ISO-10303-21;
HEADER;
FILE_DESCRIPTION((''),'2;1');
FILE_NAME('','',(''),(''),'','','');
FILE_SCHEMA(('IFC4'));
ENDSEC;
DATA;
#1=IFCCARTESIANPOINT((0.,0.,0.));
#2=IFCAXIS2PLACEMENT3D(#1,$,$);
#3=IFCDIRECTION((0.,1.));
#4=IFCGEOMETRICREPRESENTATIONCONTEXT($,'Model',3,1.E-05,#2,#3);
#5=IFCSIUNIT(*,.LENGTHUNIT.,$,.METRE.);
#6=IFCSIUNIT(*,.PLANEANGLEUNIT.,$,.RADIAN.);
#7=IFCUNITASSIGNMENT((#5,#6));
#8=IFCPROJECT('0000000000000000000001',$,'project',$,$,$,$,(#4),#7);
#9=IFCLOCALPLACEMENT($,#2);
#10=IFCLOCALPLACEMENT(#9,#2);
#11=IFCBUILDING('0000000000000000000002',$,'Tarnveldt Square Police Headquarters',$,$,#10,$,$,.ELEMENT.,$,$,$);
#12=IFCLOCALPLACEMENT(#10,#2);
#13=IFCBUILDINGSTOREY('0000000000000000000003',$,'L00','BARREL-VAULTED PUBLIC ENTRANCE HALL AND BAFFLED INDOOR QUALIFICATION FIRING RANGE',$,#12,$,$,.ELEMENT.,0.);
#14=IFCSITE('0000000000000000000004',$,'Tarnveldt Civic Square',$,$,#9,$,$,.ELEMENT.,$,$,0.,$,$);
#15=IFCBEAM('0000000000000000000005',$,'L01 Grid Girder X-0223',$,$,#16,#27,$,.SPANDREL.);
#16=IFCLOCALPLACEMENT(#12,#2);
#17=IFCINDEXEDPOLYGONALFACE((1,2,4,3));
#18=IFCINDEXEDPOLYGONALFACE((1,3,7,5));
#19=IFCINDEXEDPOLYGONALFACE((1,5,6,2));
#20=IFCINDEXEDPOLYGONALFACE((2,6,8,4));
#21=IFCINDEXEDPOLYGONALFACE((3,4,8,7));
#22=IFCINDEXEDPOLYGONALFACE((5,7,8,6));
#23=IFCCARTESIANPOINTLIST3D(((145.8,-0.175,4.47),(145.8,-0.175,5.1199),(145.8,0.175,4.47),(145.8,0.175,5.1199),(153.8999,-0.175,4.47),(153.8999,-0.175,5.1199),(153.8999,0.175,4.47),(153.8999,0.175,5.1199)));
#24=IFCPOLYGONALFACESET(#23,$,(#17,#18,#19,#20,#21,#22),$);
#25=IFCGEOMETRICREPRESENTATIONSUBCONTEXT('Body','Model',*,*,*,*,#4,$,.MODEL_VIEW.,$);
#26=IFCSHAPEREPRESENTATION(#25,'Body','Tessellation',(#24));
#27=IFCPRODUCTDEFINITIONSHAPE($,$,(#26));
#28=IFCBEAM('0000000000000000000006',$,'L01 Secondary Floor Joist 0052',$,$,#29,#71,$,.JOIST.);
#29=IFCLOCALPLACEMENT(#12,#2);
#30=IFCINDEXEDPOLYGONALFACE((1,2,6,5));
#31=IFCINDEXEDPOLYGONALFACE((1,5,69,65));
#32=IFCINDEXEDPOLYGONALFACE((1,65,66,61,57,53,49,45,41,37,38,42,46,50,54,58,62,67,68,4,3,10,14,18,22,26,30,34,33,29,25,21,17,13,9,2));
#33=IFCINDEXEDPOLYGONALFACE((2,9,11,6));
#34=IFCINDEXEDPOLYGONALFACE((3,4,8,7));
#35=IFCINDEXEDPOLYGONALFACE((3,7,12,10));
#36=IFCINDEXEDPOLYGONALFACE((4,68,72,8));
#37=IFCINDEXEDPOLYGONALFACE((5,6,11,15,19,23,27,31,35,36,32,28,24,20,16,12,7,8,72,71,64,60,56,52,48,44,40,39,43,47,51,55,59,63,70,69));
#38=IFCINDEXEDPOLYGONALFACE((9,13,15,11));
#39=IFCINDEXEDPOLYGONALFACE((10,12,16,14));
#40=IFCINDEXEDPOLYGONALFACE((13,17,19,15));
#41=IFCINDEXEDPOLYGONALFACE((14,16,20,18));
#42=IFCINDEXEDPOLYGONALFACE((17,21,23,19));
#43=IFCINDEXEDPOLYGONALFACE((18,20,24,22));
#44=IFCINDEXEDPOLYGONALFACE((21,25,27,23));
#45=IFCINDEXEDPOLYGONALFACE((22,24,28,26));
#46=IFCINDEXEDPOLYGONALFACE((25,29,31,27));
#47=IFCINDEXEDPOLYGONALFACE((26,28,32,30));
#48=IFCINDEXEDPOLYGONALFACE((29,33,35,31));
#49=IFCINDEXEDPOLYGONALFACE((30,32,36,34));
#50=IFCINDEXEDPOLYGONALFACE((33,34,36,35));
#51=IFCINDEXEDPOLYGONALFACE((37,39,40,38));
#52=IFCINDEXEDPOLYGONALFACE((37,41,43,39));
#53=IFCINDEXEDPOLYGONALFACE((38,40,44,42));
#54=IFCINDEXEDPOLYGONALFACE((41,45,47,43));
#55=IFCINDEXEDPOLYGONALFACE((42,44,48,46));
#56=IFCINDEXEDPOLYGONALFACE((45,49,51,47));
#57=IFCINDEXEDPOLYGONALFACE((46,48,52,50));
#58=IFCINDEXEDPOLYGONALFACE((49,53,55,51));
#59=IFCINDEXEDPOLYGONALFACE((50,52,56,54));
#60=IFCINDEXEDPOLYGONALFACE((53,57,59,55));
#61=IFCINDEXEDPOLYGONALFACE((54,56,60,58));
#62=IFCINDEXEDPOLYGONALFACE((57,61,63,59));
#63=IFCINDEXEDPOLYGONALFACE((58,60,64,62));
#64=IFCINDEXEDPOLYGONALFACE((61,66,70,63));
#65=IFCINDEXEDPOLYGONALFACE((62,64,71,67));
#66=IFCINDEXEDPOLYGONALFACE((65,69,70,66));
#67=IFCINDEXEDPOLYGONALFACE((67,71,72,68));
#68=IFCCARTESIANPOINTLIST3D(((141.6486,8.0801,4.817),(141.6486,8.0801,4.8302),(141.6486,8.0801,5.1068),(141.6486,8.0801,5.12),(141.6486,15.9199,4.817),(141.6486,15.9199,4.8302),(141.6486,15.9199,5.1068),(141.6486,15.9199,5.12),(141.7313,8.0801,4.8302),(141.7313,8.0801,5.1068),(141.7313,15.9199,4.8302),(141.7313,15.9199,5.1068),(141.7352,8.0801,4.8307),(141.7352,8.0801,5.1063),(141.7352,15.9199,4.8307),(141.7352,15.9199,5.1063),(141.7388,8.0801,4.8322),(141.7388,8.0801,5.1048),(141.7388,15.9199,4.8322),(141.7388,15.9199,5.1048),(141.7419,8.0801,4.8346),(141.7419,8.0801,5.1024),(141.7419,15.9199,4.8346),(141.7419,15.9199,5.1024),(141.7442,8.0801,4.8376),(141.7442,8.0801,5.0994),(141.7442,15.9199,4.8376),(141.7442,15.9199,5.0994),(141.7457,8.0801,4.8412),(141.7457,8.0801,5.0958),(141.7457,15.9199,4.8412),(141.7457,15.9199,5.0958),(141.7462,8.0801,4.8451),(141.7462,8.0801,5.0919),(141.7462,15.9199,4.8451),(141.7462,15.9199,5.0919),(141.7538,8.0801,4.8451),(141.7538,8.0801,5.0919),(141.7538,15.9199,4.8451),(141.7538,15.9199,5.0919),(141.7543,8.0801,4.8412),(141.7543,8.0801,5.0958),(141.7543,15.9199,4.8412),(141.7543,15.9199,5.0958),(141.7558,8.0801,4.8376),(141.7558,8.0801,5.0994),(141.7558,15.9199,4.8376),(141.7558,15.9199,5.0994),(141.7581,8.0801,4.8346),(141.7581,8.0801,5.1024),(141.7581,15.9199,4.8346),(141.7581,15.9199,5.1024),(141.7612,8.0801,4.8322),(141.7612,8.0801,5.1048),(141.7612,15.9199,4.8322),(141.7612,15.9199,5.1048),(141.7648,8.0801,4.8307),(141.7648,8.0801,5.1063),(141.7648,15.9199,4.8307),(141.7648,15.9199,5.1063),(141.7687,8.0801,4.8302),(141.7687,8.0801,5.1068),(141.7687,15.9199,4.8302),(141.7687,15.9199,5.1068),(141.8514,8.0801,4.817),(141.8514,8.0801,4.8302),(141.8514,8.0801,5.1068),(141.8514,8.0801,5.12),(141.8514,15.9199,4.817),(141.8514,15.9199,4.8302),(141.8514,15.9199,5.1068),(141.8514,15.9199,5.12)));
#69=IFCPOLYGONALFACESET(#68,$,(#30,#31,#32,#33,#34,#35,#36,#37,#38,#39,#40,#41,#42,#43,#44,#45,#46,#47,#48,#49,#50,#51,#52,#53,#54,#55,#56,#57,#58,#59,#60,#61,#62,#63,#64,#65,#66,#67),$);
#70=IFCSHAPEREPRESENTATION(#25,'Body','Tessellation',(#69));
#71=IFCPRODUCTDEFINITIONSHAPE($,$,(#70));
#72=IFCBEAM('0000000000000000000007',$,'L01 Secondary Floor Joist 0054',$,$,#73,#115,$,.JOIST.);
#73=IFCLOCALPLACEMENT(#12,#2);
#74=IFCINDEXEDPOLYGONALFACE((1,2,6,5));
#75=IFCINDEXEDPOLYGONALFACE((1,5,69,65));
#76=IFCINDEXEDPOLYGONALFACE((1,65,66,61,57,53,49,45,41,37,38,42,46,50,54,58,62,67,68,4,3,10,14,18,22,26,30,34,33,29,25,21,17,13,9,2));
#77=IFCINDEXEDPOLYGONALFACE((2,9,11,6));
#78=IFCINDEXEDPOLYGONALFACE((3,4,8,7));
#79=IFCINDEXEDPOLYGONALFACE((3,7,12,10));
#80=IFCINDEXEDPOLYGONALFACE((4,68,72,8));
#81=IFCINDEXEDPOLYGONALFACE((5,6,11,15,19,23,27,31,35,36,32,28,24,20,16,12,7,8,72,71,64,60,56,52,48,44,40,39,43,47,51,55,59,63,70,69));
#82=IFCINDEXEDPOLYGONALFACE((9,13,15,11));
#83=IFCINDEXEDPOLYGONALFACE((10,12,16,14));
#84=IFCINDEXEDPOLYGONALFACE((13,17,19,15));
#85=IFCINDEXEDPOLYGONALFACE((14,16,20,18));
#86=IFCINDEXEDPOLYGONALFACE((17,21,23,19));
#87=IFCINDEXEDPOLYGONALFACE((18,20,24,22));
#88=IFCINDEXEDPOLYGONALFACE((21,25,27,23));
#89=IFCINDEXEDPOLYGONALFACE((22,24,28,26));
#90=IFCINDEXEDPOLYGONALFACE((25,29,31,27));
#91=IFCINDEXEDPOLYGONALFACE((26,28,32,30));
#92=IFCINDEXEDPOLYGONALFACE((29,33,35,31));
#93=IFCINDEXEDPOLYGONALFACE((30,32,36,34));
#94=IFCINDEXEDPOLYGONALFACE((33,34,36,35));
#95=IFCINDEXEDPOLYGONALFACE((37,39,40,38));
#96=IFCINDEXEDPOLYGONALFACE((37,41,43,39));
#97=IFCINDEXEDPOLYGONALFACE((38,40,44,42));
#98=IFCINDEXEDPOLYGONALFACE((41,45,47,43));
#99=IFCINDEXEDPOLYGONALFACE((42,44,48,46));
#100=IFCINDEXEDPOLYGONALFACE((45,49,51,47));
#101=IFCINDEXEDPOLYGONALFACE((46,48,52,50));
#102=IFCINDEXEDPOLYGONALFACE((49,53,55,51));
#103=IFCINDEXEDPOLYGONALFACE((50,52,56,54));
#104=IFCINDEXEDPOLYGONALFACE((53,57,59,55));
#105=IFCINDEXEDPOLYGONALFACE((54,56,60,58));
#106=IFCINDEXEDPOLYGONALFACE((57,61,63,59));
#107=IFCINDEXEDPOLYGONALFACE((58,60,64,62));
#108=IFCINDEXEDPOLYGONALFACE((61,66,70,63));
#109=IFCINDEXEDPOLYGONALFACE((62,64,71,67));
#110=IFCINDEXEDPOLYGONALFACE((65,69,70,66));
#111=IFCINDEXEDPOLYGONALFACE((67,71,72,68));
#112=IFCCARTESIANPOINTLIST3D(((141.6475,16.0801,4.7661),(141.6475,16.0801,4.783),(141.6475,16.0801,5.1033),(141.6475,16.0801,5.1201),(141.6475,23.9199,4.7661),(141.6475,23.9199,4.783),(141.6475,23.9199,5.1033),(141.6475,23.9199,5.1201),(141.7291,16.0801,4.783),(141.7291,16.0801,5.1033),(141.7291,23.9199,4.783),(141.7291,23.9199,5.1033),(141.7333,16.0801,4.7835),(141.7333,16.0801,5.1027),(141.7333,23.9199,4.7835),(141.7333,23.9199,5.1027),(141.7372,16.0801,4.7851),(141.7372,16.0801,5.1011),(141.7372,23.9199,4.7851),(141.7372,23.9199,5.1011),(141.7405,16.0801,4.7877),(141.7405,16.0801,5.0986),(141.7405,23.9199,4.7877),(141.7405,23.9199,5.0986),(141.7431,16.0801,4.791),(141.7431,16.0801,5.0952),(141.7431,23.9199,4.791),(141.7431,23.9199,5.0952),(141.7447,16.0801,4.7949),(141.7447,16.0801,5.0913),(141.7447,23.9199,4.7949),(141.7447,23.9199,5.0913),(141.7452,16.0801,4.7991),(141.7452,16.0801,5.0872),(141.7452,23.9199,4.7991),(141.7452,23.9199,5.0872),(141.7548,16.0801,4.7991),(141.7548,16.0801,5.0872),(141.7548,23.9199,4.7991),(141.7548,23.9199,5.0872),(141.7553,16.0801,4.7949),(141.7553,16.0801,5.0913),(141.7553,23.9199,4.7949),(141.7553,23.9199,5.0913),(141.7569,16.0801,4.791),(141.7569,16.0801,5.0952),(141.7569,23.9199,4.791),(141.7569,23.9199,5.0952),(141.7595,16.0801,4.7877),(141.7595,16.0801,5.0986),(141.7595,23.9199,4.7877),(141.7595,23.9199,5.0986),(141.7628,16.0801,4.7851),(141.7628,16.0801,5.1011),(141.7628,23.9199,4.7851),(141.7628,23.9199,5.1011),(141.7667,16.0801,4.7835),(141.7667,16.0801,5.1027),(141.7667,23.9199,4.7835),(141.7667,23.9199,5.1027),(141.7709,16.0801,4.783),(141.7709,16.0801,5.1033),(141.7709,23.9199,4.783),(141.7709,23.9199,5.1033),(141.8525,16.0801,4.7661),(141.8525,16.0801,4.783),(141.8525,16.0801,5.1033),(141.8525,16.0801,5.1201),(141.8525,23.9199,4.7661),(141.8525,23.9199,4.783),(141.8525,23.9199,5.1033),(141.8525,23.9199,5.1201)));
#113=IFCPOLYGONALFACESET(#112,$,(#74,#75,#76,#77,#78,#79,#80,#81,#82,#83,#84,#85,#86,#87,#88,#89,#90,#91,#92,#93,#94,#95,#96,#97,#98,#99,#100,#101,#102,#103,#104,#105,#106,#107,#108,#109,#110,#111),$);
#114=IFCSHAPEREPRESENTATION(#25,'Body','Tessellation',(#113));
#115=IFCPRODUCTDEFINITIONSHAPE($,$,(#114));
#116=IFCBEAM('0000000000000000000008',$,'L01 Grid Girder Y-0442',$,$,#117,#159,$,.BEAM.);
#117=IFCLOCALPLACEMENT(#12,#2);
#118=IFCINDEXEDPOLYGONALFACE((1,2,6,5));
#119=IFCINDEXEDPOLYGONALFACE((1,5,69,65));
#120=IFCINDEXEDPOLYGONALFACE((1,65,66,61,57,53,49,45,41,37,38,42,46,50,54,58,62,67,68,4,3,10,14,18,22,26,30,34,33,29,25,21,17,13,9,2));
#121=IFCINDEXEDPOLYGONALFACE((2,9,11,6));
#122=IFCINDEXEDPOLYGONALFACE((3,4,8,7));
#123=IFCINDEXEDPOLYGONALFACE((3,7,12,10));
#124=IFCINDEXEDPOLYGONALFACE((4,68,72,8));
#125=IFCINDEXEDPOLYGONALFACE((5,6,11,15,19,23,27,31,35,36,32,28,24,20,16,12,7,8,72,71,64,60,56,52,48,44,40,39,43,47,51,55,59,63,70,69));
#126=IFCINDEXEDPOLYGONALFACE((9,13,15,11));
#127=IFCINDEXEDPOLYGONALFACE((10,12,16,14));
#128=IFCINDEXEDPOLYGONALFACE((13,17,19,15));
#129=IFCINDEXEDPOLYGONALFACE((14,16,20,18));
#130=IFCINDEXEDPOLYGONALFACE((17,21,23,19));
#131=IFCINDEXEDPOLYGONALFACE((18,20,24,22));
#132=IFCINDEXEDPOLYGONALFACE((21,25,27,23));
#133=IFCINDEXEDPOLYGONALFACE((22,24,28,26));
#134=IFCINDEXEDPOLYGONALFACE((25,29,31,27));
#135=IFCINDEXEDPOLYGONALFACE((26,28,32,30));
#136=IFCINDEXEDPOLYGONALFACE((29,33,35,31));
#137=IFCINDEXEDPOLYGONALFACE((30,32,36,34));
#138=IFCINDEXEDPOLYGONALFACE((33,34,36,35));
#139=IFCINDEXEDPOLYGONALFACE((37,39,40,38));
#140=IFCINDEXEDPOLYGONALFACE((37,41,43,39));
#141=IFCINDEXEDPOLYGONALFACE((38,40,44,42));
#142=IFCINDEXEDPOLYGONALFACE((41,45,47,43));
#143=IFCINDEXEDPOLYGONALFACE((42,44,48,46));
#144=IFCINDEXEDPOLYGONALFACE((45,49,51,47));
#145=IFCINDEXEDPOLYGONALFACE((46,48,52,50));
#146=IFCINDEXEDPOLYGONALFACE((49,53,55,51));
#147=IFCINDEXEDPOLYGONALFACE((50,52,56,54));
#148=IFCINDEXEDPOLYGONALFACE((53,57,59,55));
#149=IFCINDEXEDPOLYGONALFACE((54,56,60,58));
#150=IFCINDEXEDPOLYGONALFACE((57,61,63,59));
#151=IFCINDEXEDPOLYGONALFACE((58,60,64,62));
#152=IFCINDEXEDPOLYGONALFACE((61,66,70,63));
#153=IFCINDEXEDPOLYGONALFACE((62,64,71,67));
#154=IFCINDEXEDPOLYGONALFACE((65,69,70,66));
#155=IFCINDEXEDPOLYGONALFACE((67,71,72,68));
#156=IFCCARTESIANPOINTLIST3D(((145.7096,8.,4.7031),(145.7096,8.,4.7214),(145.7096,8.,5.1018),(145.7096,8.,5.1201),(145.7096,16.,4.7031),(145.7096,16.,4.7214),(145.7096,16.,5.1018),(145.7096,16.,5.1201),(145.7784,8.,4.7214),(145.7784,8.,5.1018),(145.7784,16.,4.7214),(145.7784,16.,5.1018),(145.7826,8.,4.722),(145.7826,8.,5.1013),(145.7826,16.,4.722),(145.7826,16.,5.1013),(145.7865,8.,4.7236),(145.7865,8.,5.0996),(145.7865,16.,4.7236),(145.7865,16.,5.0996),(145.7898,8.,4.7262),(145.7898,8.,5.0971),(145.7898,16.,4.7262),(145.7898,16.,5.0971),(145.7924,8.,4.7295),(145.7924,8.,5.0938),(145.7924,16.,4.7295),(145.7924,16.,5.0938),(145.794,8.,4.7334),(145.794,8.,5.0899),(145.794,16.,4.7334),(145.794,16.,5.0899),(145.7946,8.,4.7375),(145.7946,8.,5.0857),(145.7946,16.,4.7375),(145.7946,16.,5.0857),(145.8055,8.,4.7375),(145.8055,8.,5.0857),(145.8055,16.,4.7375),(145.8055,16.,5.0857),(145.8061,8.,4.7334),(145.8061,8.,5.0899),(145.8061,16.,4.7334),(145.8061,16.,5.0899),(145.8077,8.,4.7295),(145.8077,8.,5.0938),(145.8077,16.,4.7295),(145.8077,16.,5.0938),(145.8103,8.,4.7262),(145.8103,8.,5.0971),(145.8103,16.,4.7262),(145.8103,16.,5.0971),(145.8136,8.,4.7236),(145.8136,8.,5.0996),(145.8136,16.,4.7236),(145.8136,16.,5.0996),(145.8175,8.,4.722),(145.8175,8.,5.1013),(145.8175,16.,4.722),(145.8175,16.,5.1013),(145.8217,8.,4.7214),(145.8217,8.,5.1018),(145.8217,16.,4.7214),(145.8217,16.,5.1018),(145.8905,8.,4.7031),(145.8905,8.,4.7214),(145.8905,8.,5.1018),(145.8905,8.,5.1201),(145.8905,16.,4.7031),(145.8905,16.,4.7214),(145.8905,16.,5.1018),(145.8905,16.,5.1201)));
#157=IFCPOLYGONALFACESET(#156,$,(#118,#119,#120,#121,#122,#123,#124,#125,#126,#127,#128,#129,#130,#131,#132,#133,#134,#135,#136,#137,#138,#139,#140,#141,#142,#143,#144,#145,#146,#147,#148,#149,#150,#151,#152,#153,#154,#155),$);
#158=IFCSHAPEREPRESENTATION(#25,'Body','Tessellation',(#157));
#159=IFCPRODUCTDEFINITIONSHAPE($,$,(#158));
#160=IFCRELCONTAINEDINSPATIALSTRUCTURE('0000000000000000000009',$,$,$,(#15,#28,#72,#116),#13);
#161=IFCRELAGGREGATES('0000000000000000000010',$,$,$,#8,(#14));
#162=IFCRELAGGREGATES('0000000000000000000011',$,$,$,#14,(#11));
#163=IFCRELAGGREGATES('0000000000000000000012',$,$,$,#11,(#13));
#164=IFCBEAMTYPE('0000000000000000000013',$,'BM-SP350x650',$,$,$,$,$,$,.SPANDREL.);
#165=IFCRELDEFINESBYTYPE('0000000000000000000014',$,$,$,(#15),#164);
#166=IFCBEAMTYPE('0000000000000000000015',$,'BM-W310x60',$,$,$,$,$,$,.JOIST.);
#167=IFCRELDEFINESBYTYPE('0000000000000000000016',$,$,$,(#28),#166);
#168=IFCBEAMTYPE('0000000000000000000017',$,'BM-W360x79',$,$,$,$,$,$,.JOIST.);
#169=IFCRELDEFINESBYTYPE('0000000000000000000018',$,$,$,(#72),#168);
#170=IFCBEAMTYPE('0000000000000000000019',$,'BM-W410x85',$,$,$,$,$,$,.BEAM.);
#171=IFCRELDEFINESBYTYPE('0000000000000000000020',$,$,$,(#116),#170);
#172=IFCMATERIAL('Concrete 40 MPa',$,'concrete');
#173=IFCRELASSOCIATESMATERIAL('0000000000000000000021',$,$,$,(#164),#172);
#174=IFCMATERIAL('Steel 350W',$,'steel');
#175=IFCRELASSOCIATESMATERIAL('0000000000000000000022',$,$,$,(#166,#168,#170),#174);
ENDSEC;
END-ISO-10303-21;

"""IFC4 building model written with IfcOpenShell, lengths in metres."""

from ifc_helpers import new_model, si_unit, direction, frame, origin, origin_2d, place, context, subcontext, project, spatial, rectangle, i_section, extrude, material, material_profile, profile_set, type_object, element, save


model = new_model("IFC4")

# Units and contexts
model_context = context("Model", 3, precision=1e-05, world=origin(), true_north=direction((0.0, 1.0)))
body_context = subcontext(model_context, "Body", "Model", "MODEL_VIEW")
ifc_project = project(units=[si_unit("LENGTHUNIT", "METRE"), si_unit("PLANEANGLEUNIT", "RADIAN")], contexts=[model_context])

# Site, building, storey
site_placement = place(None, origin())
site = spatial("IfcSite", under=ifc_project, at=site_placement, Name="Tarnveldt Civic Square", CompositionType="ELEMENT", RefElevation=0.0)
building_placement = place(site_placement, origin())
building = spatial("IfcBuilding", under=site, at=building_placement, Name="Tarnveldt Square Police Headquarters", CompositionType="ELEMENT")
storey_placement = place(building_placement, origin())
storey = spatial("IfcBuildingStorey", under=building, at=storey_placement, Name="L00", Description="BARREL-VAULTED PUBLIC ENTRANCE HALL AND BAFFLED INDOOR QUALIFICATION FIRING RANGE", CompositionType="ELEMENT", Elevation=0.0)

# Beams
ifc_material_1 = material(Name="Concrete 40 MPa", Category="concrete")
ifc_material_profile_1 = material_profile(ifc_material_1, rectangle(XDim=0.3501, YDim=0.6499, at=origin_2d()), Name="RC-SP350x650")
ifc_profile_set_1 = profile_set([ifc_material_profile_1], Name="Concrete 40 MPa")
beam_type_1 = type_object("IfcBeamType", Name="BM-SP350x650", PredefinedType="SPANDREL", material=ifc_profile_set_1)
beam_1_placement = place(storey_placement, frame((145.8, 0.0, 4.7949), z_axis=(1.0, 0.0, 0.0), x_axis=(0.0, 1.0, 0.0)))
element("IfcBeam", 1, at=beam_1_placement, inside=storey, type_object=beam_type_1, Name="L01 Grid Girder X-0223", PredefinedType="SPANDREL", context=body_context, shape_type="SweptSolid", body=[
    extrude(rectangle(XDim=0.3501, YDim=0.6499, at=origin_2d()), origin(), (0.0, 0.0, 1.0), 8.0999),
])
ifc_material_2 = material(Name="Steel 350W", Category="steel")
ifc_material_profile_2 = material_profile(ifc_material_2, i_section(OverallWidth=0.2029, OverallDepth=0.303, WebThickness=0.0076, FlangeThickness=0.0132, FilletRadius=0.0149, at=origin_2d()), Name="W310x60")
ifc_profile_set_2 = profile_set([ifc_material_profile_2], Name="Steel 350W")
beam_type_2 = type_object("IfcBeamType", Name="BM-W310x60", PredefinedType="JOIST", material=ifc_profile_set_2)
beam_2_placement = place(storey_placement, frame((141.75, 8.0801, 4.9685), z_axis=(0.0, 1.0, 0.0), x_axis=(-1.0, 0.0, 0.0)))
element("IfcBeam", 2, at=beam_2_placement, inside=storey, type_object=beam_type_2, Name="L01 Secondary Floor Joist 0052", PredefinedType="JOIST", context=body_context, shape_type="SweptSolid", body=[
    extrude(i_section(OverallWidth=0.2029, OverallDepth=0.303, WebThickness=0.0076, FlangeThickness=0.0132, FilletRadius=0.0149, at=origin_2d()), origin(), (0.0, 0.0, 1.0), 7.8398),
])
ifc_material_profile_3 = material_profile(ifc_material_2, i_section(OverallWidth=0.2051, OverallDepth=0.354, WebThickness=0.0095, FlangeThickness=0.0168, FilletRadius=0.0161, at=origin_2d()), Name="W360x79")
ifc_profile_set_3 = profile_set([ifc_material_profile_3], Name="Steel 350W")
beam_type_3 = type_object("IfcBeamType", Name="BM-W360x79", PredefinedType="JOIST", material=ifc_profile_set_3)
beam_3_placement = place(storey_placement, frame((141.75, 16.0801, 4.9431), z_axis=(0.0, 1.0, 0.0), x_axis=(-1.0, 0.0, 0.0)))
element("IfcBeam", 3, at=beam_3_placement, inside=storey, type_object=beam_type_3, Name="L01 Secondary Floor Joist 0054", PredefinedType="JOIST", context=body_context, shape_type="SweptSolid", body=[
    extrude(i_section(OverallWidth=0.2051, OverallDepth=0.354, WebThickness=0.0095, FlangeThickness=0.0168, FilletRadius=0.0161, at=origin_2d()), origin(), (0.0, 0.0, 1.0), 7.8398),
])
ifc_material_profile_4 = material_profile(ifc_material_2, i_section(OverallWidth=0.1809, OverallDepth=0.417, WebThickness=0.011, FlangeThickness=0.0183, FilletRadius=0.0161, at=origin_2d()), Name="W410x85")
ifc_profile_set_4 = profile_set([ifc_material_profile_4], Name="Steel 350W")
beam_type_4 = type_object("IfcBeamType", Name="BM-W410x85", PredefinedType="BEAM", material=ifc_profile_set_4)
for number, where, z_axis, x_axis, name in (
    (4, (145.8, 8.0, 4.9116), (0.0, 1.0, 0.0), (-1.0, 0.0, 0.0), "L01 Grid Girder Y-0442"),
):
    element("IfcBeam", number, at=place(storey_placement, frame(where, z_axis=z_axis, x_axis=x_axis)), inside=storey, type_object=beam_type_4, Name=name, PredefinedType="BEAM", context=body_context, shape_type="SweptSolid", body=[
        extrude(i_section(OverallWidth=0.1809, OverallDepth=0.417, WebThickness=0.011, FlangeThickness=0.0183, FilletRadius=0.0161, at=origin_2d()), origin(), (0.0, 0.0, 1.0), 8.0),
    ])

save(model, "model.ifc")
